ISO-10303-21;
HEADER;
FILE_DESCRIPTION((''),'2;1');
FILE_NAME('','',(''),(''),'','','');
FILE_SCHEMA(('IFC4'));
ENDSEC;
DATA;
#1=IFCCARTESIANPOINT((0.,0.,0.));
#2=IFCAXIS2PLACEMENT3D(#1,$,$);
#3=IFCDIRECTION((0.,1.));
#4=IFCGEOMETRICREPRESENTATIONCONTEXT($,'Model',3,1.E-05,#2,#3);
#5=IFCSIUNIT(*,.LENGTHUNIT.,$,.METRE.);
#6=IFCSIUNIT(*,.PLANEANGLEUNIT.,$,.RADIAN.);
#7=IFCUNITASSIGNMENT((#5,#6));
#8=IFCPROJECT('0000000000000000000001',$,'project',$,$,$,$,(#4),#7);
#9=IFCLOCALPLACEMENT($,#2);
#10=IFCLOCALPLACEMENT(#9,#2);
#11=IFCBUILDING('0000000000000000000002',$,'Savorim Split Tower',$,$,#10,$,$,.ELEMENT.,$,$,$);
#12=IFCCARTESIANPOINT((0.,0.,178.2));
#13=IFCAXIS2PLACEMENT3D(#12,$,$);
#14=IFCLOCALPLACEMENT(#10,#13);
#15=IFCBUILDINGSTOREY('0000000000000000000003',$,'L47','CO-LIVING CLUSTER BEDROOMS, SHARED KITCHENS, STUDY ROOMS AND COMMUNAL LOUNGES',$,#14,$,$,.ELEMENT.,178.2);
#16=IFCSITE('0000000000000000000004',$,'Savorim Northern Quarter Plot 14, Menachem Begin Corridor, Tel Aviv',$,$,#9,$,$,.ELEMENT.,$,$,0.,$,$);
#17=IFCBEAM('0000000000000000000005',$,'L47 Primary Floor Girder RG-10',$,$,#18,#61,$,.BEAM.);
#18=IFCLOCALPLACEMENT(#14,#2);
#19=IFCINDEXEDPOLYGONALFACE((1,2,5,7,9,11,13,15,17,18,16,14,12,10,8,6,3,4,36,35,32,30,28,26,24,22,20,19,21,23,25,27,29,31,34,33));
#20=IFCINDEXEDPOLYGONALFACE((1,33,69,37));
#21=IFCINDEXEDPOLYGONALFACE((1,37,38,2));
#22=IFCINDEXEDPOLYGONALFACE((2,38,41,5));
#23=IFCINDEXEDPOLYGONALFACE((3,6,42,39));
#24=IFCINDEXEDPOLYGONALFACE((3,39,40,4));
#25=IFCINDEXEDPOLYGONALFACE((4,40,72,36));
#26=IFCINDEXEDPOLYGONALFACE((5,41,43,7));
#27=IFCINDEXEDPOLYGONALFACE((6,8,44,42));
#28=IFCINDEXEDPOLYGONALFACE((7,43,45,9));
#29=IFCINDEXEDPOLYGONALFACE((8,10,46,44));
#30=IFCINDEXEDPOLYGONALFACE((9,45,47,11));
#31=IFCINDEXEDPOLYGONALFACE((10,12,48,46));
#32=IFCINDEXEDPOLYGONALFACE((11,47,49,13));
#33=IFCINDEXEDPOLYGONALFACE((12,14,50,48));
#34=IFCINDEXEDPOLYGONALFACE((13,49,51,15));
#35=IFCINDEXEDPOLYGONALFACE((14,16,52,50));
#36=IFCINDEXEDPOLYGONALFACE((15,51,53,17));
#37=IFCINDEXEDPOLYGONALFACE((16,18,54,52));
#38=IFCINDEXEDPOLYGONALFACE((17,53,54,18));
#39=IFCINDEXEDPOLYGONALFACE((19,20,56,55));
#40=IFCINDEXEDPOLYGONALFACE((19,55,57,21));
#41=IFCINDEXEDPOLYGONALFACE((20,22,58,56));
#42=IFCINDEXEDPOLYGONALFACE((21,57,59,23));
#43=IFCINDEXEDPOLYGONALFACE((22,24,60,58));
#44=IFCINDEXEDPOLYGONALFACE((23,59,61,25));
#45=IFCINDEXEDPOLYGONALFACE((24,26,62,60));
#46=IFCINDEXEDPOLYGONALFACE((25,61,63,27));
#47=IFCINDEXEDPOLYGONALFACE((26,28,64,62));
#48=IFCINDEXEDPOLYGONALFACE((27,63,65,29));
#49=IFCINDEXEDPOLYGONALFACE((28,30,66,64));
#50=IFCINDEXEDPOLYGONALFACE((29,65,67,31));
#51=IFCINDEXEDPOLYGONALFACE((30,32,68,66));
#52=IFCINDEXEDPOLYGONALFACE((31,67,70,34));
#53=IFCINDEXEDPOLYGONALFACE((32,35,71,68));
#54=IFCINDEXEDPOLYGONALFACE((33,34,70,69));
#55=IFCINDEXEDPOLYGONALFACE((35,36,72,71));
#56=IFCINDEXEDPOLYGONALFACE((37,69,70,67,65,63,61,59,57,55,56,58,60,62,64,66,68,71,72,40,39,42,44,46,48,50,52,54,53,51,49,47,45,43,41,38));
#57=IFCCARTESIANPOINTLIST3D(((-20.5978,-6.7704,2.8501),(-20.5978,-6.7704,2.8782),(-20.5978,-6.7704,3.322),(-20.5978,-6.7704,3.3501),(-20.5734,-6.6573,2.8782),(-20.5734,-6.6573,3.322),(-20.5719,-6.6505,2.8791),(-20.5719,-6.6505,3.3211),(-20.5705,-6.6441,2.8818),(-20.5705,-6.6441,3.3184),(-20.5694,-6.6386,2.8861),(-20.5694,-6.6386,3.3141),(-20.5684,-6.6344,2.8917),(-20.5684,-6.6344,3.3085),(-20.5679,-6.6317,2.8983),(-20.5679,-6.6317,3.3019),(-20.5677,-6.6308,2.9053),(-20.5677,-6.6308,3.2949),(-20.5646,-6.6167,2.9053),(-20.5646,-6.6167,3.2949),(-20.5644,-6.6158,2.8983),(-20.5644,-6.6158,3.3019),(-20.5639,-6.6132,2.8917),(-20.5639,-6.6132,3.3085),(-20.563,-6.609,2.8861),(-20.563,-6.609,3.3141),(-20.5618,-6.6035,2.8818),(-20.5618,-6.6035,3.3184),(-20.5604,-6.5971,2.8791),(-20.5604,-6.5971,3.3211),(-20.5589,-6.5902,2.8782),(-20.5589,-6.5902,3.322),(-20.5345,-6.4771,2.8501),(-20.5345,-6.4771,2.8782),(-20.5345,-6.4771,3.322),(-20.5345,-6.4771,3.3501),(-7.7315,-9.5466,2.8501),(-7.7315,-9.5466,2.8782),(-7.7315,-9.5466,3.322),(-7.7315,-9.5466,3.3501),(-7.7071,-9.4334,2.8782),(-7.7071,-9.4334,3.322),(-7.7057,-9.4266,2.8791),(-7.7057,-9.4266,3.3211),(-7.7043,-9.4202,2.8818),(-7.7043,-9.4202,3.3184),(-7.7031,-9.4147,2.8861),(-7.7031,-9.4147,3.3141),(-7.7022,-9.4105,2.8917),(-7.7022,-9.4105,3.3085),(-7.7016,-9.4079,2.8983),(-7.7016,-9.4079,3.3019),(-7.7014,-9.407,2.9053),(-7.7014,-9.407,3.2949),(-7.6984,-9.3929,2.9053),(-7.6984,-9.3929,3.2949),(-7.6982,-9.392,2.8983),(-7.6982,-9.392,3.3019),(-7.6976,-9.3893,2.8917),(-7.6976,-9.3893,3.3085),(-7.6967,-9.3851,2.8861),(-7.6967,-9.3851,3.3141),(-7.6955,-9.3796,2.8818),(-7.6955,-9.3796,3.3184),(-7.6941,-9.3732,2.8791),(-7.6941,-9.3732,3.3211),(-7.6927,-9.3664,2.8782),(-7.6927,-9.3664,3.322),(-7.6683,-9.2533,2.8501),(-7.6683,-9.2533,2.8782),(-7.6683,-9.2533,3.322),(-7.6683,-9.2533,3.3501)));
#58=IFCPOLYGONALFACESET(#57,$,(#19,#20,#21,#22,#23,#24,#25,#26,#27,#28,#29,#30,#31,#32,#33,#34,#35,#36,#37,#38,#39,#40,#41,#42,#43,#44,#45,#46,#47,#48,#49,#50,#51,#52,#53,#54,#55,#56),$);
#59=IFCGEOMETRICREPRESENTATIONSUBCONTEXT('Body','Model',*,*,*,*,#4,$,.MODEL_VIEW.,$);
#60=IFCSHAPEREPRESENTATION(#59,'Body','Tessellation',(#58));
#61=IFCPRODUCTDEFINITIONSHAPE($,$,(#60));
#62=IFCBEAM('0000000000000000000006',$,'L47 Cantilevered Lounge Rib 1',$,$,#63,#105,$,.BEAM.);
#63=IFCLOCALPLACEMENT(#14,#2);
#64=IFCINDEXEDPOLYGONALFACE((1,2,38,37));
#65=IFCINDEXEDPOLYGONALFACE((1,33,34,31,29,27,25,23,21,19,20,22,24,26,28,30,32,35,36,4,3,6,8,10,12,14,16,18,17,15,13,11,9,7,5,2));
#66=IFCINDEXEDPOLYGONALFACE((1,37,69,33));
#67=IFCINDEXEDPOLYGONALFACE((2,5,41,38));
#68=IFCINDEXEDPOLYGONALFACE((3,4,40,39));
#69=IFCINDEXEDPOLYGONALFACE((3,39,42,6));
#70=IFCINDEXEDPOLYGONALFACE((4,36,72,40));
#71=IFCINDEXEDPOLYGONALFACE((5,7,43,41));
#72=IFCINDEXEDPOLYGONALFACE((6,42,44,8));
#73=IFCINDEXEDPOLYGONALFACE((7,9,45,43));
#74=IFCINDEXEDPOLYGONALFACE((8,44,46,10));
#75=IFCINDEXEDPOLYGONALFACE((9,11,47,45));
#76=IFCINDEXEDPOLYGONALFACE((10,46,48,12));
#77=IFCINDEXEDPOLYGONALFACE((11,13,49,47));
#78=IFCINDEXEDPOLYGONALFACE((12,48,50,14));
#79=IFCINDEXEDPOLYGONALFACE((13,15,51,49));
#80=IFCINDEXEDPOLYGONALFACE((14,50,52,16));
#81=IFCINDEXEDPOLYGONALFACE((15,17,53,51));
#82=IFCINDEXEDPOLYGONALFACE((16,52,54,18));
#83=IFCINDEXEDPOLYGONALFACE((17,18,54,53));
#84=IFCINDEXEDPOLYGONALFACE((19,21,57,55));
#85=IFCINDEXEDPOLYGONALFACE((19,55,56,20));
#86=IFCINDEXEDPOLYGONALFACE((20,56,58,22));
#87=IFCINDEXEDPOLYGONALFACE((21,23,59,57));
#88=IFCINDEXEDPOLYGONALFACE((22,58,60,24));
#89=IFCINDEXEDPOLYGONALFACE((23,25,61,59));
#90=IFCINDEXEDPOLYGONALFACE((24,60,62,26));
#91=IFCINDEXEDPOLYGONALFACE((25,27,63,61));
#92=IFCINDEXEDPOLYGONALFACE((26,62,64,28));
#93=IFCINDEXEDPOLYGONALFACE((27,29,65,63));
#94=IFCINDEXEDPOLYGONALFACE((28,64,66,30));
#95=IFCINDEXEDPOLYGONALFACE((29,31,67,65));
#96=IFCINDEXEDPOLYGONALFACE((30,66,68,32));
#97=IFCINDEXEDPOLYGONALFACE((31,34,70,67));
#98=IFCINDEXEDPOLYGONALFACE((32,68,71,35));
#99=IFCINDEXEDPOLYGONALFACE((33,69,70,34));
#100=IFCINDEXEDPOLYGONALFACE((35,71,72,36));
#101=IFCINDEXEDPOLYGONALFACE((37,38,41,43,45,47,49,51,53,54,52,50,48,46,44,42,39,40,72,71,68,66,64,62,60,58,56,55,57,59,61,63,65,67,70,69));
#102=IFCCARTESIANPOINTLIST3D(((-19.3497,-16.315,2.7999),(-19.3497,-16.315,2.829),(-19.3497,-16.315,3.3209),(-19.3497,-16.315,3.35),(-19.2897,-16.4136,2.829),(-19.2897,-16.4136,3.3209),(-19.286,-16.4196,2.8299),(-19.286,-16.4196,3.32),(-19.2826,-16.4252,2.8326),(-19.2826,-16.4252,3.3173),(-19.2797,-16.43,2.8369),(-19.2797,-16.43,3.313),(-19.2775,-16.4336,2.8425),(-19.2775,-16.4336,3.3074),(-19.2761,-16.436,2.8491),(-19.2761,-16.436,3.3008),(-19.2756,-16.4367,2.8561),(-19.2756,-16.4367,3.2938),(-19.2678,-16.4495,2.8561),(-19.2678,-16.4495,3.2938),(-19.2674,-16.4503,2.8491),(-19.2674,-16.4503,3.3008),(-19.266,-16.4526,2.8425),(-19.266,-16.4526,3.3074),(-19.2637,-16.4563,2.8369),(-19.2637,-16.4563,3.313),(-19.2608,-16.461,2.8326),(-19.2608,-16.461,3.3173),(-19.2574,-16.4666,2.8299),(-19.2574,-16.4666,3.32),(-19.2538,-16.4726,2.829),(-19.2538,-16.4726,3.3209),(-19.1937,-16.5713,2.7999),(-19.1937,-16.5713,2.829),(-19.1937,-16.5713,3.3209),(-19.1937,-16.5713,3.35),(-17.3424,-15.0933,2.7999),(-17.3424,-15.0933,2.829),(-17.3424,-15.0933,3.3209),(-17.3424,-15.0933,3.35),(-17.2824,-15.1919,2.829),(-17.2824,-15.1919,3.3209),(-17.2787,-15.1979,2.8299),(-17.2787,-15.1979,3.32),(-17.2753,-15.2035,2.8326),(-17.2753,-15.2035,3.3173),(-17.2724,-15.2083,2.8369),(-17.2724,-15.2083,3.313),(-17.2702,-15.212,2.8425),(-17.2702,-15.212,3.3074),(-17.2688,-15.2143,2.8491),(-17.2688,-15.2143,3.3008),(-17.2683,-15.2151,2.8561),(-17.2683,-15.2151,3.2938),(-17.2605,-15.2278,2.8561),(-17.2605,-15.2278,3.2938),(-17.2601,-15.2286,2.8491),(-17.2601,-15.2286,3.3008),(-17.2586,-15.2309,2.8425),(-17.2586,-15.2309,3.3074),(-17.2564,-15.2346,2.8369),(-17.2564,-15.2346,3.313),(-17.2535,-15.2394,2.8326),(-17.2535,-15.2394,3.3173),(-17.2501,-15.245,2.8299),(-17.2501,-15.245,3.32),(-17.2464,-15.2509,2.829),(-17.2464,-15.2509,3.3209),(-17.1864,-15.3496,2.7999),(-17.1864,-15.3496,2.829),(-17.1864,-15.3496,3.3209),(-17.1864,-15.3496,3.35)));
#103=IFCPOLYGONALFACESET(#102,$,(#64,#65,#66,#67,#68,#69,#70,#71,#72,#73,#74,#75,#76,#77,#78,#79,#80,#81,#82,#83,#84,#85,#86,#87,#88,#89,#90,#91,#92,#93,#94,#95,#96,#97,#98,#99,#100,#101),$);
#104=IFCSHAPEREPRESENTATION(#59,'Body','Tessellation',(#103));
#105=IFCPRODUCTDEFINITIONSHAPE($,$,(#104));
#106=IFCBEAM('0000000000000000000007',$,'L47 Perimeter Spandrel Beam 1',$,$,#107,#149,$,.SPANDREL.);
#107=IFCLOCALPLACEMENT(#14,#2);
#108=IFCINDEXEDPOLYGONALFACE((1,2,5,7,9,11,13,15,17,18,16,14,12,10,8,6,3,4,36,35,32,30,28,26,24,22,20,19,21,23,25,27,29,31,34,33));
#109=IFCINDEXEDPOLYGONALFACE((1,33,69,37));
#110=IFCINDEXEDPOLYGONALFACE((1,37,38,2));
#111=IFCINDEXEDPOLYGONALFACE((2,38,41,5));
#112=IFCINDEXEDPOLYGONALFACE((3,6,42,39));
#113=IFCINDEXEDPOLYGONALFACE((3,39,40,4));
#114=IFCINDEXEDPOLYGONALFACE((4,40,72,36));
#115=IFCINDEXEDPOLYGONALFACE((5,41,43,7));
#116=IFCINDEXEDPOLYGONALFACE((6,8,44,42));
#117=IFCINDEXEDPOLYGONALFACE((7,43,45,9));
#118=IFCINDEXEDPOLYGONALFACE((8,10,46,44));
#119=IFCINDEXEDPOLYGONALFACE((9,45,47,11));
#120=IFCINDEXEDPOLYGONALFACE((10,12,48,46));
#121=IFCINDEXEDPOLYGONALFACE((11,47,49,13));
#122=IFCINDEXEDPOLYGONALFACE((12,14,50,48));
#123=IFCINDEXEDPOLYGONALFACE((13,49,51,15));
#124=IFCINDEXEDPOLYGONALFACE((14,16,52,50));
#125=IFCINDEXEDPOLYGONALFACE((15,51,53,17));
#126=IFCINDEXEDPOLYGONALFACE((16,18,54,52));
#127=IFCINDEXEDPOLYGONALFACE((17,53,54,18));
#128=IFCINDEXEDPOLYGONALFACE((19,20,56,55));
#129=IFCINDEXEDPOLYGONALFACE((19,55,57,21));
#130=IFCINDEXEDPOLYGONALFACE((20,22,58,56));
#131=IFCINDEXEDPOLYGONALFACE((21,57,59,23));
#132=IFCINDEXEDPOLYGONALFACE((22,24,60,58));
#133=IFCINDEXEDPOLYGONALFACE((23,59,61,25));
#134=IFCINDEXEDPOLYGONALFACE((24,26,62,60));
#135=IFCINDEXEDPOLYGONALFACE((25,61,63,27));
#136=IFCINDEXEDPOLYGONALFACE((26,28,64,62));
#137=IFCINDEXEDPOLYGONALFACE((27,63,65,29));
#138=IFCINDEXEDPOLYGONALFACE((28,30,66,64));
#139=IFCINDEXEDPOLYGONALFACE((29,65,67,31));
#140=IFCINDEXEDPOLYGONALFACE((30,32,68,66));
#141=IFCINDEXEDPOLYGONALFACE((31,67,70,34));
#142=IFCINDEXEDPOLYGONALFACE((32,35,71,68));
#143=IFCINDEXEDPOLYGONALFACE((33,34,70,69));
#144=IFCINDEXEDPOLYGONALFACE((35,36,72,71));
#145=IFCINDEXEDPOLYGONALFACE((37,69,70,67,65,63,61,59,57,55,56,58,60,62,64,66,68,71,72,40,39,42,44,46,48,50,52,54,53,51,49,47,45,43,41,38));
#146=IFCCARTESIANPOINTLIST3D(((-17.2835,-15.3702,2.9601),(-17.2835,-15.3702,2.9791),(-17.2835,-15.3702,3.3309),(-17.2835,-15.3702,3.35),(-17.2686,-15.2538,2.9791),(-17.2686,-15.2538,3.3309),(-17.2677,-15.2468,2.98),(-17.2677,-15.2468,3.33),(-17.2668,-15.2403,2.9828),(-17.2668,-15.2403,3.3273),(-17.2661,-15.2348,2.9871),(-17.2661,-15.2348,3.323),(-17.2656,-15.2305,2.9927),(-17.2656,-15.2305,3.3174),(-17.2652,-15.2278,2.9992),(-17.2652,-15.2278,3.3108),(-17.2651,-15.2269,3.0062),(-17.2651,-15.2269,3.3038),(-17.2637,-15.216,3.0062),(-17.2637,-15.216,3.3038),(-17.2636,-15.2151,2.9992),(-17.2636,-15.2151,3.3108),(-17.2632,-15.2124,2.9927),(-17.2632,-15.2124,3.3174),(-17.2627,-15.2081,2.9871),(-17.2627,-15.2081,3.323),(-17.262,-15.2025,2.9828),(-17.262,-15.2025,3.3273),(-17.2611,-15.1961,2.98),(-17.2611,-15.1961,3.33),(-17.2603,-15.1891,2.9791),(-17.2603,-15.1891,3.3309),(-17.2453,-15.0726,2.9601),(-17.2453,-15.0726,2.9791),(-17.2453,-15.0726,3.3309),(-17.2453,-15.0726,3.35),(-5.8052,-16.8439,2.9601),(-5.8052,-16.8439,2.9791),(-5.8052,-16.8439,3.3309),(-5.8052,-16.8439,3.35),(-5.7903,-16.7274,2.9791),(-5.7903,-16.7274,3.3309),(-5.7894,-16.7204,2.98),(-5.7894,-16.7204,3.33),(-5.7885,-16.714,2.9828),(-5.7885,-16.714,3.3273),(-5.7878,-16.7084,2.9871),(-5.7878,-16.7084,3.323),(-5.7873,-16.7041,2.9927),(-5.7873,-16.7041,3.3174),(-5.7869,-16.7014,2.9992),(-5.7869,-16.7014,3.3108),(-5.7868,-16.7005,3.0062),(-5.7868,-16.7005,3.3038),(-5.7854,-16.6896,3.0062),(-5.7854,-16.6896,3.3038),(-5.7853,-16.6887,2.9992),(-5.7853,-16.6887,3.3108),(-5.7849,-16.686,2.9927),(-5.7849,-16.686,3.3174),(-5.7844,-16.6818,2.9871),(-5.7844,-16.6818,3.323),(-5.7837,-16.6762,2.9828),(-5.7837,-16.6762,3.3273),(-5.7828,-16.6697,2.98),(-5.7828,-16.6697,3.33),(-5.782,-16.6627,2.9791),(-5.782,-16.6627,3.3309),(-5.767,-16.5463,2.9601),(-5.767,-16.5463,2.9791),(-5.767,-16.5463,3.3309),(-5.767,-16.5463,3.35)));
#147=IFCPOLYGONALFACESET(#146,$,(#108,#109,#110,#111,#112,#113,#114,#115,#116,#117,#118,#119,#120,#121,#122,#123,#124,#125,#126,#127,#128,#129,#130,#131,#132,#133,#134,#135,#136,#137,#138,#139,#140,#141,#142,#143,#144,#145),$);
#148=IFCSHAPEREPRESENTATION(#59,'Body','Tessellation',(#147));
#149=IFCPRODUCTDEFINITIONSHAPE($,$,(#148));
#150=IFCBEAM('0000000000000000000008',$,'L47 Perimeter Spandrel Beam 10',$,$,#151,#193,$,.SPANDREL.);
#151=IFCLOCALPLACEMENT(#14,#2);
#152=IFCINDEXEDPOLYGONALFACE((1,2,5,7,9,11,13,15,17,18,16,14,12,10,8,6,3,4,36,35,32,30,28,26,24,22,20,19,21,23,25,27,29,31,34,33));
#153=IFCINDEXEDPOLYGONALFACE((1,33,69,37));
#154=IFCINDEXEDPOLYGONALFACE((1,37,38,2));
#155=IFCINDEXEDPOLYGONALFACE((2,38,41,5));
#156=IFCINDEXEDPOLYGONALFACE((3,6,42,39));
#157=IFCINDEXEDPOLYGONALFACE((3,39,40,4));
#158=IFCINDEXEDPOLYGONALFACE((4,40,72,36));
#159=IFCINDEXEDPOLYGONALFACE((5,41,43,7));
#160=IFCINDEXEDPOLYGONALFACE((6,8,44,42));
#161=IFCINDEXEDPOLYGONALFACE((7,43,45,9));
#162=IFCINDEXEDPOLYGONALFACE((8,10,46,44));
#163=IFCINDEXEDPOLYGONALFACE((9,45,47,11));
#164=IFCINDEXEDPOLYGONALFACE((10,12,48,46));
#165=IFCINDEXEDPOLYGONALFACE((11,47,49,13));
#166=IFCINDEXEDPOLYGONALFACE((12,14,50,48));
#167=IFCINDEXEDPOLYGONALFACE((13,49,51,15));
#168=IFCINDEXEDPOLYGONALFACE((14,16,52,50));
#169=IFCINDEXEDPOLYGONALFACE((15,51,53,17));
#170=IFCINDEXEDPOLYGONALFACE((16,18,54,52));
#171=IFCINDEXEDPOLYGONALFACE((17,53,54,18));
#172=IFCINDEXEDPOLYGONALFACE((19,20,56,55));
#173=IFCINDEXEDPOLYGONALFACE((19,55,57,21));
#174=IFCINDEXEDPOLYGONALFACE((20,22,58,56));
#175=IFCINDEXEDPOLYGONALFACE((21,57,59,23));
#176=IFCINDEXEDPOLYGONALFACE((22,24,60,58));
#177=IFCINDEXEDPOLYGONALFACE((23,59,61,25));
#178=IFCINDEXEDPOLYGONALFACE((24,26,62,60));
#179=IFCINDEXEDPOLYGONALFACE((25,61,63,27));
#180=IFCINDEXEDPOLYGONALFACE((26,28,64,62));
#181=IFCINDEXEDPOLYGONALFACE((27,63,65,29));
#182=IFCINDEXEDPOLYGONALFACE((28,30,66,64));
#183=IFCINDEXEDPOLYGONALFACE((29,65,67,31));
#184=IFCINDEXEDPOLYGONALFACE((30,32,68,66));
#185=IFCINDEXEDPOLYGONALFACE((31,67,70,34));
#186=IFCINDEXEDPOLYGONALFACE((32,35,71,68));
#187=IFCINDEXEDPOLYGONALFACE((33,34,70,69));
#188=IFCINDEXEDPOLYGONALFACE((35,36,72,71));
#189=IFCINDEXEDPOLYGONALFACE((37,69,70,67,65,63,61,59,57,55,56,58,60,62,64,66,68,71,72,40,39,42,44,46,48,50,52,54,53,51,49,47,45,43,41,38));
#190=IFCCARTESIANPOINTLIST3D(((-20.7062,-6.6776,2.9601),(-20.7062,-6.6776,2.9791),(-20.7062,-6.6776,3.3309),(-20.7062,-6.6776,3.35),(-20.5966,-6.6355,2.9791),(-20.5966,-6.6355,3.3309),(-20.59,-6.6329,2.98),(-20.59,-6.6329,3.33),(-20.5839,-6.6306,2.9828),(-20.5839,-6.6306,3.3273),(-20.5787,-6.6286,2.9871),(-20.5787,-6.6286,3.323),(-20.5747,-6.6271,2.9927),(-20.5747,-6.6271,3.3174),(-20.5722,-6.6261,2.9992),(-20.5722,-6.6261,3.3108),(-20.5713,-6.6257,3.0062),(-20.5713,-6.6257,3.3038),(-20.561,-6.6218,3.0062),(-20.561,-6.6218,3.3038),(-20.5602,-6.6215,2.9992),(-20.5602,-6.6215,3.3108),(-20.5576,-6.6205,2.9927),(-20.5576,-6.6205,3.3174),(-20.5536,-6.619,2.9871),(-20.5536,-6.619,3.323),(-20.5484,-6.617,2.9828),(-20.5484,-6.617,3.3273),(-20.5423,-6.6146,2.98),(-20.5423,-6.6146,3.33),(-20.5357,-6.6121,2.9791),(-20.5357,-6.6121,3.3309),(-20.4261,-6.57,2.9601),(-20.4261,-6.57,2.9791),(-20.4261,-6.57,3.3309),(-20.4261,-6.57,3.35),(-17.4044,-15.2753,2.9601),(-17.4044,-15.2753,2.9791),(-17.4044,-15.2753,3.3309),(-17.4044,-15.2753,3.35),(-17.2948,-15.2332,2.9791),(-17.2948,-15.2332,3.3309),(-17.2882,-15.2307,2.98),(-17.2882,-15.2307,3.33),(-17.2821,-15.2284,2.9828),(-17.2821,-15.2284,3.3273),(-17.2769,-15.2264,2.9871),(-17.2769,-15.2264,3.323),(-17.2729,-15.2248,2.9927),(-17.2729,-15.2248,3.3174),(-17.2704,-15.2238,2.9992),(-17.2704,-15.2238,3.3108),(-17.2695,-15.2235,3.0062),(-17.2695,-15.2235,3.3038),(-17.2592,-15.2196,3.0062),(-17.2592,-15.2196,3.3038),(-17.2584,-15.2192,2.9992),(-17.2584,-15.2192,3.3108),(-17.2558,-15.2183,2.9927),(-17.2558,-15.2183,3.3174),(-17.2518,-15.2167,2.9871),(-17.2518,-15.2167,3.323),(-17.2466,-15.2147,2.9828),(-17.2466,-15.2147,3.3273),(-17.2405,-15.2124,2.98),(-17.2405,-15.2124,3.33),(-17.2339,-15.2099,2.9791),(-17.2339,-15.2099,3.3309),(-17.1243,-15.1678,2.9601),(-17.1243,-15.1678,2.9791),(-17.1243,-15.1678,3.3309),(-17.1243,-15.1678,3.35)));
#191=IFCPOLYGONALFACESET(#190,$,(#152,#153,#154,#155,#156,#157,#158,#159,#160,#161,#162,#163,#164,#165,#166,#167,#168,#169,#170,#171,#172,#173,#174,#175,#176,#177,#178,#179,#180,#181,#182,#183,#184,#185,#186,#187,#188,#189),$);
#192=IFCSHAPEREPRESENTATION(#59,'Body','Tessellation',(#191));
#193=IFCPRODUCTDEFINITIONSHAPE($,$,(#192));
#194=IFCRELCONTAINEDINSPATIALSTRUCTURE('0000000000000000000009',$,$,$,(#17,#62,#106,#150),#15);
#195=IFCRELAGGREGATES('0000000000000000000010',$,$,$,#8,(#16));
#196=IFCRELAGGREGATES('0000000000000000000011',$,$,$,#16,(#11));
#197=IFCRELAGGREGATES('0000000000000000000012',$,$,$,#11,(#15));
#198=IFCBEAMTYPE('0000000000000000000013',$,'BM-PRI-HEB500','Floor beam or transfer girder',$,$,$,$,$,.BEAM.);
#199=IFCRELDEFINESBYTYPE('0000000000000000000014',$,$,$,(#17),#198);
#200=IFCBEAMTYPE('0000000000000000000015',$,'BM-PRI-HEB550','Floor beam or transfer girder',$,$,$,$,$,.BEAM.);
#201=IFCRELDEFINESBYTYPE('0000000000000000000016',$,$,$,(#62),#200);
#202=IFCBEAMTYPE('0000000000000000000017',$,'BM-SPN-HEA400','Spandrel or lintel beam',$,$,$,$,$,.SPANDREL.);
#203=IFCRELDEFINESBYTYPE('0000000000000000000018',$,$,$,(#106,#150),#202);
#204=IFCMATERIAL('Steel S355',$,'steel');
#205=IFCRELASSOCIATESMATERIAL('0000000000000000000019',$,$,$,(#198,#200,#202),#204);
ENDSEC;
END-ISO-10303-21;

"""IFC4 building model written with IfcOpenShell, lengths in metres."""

from ifc_helpers import new_model, si_unit, direction, frame, origin, origin_2d, place, context, subcontext, project, spatial, i_section, extrude, material, material_profile, profile_set, type_object, element, save


model = new_model("IFC4")

# Units and contexts
model_context = context("Model", 3, precision=1e-05, world=origin(), true_north=direction((0.0, 1.0)))
body_context = subcontext(model_context, "Body", "Model", "MODEL_VIEW")
ifc_project = project(units=[si_unit("LENGTHUNIT", "METRE"), si_unit("PLANEANGLEUNIT", "RADIAN")], contexts=[model_context])

# Site, building, storey
site_placement = place(None, origin())
site = spatial("IfcSite", under=ifc_project, at=site_placement, Name="Savorim Northern Quarter Plot 14, Menachem Begin Corridor, Tel Aviv", CompositionType="ELEMENT", RefElevation=0.0)
building_placement = place(site_placement, origin())
building = spatial("IfcBuilding", under=site, at=building_placement, Name="Savorim Split Tower", CompositionType="ELEMENT")
storey_placement = place(building_placement, frame((0.0, 0.0, 178.2)))
storey = spatial("IfcBuildingStorey", under=building, at=storey_placement, Name="L47", Description="CO-LIVING CLUSTER BEDROOMS, SHARED KITCHENS, STUDY ROOMS AND COMMUNAL LOUNGES", CompositionType="ELEMENT", Elevation=178.2)

# Beams
ifc_material_1 = material(Name="Steel S355", Category="steel")
ifc_material_profile_1 = material_profile(ifc_material_1, i_section(OverallWidth=0.3, OverallDepth=0.5, WebThickness=0.0144, FlangeThickness=0.0281, FilletRadius=0.0271, at=origin_2d()), Name="HEB 500")
ifc_profile_set_1 = profile_set([ifc_material_profile_1], Name="Steel S355")
beam_type_1 = type_object("IfcBeamType", Name="BM-PRI-HEB500", Description="Floor beam or transfer girder", PredefinedType="BEAM", material=ifc_profile_set_1)
beam_1_placement = place(storey_placement, frame((-20.5662, -6.6238, 3.1001), z_axis=(0.977504, -0.210915, 0.0), x_axis=(0.210915, 0.977504, 0.0)))
element("IfcBeam", 1, at=beam_1_placement, inside=storey, type_object=beam_type_1, Name="L47 Primary Floor Girder RG-10", PredefinedType="BEAM", context=body_context, shape_type="SweptSolid", body=[
    extrude(i_section(OverallWidth=0.3, OverallDepth=0.5, WebThickness=0.0144, FlangeThickness=0.0281, FilletRadius=0.0271, at=origin_2d()), origin(), (0.0, 0.0, 1.0), 13.1624),
])
ifc_material_profile_2 = material_profile(ifc_material_1, i_section(OverallWidth=0.3, OverallDepth=0.55, WebThickness=0.0149, FlangeThickness=0.0291, FilletRadius=0.0271, at=origin_2d()), Name="HEB 550")
ifc_profile_set_2 = profile_set([ifc_material_profile_2], Name="Steel S355")
beam_type_2 = type_object("IfcBeamType", Name="BM-PRI-HEB550", Description="Floor beam or transfer girder", PredefinedType="BEAM", material=ifc_profile_set_2)
beam_2_placement = place(storey_placement, frame((-17.2644, -15.2214, 3.075), z_axis=(-0.854231, -0.519894, 0.0), x_axis=(0.519894, -0.854231, 0.0)))
element("IfcBeam", 2, at=beam_2_placement, inside=storey, type_object=beam_type_2, Name="L47 Cantilevered Lounge Rib 1", PredefinedType="BEAM", context=body_context, shape_type="SweptSolid", body=[
    extrude(i_section(OverallWidth=0.3, OverallDepth=0.55, WebThickness=0.0149, FlangeThickness=0.0291, FilletRadius=0.0271, at=origin_2d()), origin(), (0.0, 0.0, 1.0), 2.3499),
])
ifc_material_profile_3 = material_profile(ifc_material_1, i_section(OverallWidth=0.3, OverallDepth=0.3899, WebThickness=0.011, FlangeThickness=0.019, FilletRadius=0.0271, at=origin_2d()), Name="HEA 400")
ifc_profile_set_3 = profile_set([ifc_material_profile_3], Name="Steel S355")
beam_type_3 = type_object("IfcBeamType", Name="BM-SPN-HEA400", Description="Spandrel or lintel beam", PredefinedType="SPANDREL", material=ifc_profile_set_3)
beam_3_placement = place(storey_placement, frame((-17.2644, -15.2214, 3.155), z_axis=(0.991859, -0.127339, 0.0), x_axis=(0.127339, 0.991859, 0.0)))
element("IfcBeam", 3, at=beam_3_placement, inside=storey, type_object=beam_type_3, Name="L47 Perimeter Spandrel Beam 1", PredefinedType="SPANDREL", context=body_context, shape_type="SweptSolid", body=[
    extrude(i_section(OverallWidth=0.3, OverallDepth=0.3899, WebThickness=0.011, FlangeThickness=0.019, FilletRadius=0.0271, at=origin_2d()), origin(), (0.0, 0.0, 1.0), 11.5725),
])
beam_4_placement = place(storey_placement, frame((-20.5662, -6.6238, 3.155), z_axis=(0.358503, -0.933529, 0.0), x_axis=(0.933529, 0.358503, 0.0)))
element("IfcBeam", 4, at=beam_4_placement, inside=storey, type_object=beam_type_3, Name="L47 Perimeter Spandrel Beam 10", PredefinedType="SPANDREL", context=body_context, shape_type="SweptSolid", body=[
    extrude(i_section(OverallWidth=0.3, OverallDepth=0.3899, WebThickness=0.011, FlangeThickness=0.019, FilletRadius=0.0271, at=origin_2d()), origin(), (0.0, 0.0, 1.0), 9.21),
])

save(model, "model.ifc")
